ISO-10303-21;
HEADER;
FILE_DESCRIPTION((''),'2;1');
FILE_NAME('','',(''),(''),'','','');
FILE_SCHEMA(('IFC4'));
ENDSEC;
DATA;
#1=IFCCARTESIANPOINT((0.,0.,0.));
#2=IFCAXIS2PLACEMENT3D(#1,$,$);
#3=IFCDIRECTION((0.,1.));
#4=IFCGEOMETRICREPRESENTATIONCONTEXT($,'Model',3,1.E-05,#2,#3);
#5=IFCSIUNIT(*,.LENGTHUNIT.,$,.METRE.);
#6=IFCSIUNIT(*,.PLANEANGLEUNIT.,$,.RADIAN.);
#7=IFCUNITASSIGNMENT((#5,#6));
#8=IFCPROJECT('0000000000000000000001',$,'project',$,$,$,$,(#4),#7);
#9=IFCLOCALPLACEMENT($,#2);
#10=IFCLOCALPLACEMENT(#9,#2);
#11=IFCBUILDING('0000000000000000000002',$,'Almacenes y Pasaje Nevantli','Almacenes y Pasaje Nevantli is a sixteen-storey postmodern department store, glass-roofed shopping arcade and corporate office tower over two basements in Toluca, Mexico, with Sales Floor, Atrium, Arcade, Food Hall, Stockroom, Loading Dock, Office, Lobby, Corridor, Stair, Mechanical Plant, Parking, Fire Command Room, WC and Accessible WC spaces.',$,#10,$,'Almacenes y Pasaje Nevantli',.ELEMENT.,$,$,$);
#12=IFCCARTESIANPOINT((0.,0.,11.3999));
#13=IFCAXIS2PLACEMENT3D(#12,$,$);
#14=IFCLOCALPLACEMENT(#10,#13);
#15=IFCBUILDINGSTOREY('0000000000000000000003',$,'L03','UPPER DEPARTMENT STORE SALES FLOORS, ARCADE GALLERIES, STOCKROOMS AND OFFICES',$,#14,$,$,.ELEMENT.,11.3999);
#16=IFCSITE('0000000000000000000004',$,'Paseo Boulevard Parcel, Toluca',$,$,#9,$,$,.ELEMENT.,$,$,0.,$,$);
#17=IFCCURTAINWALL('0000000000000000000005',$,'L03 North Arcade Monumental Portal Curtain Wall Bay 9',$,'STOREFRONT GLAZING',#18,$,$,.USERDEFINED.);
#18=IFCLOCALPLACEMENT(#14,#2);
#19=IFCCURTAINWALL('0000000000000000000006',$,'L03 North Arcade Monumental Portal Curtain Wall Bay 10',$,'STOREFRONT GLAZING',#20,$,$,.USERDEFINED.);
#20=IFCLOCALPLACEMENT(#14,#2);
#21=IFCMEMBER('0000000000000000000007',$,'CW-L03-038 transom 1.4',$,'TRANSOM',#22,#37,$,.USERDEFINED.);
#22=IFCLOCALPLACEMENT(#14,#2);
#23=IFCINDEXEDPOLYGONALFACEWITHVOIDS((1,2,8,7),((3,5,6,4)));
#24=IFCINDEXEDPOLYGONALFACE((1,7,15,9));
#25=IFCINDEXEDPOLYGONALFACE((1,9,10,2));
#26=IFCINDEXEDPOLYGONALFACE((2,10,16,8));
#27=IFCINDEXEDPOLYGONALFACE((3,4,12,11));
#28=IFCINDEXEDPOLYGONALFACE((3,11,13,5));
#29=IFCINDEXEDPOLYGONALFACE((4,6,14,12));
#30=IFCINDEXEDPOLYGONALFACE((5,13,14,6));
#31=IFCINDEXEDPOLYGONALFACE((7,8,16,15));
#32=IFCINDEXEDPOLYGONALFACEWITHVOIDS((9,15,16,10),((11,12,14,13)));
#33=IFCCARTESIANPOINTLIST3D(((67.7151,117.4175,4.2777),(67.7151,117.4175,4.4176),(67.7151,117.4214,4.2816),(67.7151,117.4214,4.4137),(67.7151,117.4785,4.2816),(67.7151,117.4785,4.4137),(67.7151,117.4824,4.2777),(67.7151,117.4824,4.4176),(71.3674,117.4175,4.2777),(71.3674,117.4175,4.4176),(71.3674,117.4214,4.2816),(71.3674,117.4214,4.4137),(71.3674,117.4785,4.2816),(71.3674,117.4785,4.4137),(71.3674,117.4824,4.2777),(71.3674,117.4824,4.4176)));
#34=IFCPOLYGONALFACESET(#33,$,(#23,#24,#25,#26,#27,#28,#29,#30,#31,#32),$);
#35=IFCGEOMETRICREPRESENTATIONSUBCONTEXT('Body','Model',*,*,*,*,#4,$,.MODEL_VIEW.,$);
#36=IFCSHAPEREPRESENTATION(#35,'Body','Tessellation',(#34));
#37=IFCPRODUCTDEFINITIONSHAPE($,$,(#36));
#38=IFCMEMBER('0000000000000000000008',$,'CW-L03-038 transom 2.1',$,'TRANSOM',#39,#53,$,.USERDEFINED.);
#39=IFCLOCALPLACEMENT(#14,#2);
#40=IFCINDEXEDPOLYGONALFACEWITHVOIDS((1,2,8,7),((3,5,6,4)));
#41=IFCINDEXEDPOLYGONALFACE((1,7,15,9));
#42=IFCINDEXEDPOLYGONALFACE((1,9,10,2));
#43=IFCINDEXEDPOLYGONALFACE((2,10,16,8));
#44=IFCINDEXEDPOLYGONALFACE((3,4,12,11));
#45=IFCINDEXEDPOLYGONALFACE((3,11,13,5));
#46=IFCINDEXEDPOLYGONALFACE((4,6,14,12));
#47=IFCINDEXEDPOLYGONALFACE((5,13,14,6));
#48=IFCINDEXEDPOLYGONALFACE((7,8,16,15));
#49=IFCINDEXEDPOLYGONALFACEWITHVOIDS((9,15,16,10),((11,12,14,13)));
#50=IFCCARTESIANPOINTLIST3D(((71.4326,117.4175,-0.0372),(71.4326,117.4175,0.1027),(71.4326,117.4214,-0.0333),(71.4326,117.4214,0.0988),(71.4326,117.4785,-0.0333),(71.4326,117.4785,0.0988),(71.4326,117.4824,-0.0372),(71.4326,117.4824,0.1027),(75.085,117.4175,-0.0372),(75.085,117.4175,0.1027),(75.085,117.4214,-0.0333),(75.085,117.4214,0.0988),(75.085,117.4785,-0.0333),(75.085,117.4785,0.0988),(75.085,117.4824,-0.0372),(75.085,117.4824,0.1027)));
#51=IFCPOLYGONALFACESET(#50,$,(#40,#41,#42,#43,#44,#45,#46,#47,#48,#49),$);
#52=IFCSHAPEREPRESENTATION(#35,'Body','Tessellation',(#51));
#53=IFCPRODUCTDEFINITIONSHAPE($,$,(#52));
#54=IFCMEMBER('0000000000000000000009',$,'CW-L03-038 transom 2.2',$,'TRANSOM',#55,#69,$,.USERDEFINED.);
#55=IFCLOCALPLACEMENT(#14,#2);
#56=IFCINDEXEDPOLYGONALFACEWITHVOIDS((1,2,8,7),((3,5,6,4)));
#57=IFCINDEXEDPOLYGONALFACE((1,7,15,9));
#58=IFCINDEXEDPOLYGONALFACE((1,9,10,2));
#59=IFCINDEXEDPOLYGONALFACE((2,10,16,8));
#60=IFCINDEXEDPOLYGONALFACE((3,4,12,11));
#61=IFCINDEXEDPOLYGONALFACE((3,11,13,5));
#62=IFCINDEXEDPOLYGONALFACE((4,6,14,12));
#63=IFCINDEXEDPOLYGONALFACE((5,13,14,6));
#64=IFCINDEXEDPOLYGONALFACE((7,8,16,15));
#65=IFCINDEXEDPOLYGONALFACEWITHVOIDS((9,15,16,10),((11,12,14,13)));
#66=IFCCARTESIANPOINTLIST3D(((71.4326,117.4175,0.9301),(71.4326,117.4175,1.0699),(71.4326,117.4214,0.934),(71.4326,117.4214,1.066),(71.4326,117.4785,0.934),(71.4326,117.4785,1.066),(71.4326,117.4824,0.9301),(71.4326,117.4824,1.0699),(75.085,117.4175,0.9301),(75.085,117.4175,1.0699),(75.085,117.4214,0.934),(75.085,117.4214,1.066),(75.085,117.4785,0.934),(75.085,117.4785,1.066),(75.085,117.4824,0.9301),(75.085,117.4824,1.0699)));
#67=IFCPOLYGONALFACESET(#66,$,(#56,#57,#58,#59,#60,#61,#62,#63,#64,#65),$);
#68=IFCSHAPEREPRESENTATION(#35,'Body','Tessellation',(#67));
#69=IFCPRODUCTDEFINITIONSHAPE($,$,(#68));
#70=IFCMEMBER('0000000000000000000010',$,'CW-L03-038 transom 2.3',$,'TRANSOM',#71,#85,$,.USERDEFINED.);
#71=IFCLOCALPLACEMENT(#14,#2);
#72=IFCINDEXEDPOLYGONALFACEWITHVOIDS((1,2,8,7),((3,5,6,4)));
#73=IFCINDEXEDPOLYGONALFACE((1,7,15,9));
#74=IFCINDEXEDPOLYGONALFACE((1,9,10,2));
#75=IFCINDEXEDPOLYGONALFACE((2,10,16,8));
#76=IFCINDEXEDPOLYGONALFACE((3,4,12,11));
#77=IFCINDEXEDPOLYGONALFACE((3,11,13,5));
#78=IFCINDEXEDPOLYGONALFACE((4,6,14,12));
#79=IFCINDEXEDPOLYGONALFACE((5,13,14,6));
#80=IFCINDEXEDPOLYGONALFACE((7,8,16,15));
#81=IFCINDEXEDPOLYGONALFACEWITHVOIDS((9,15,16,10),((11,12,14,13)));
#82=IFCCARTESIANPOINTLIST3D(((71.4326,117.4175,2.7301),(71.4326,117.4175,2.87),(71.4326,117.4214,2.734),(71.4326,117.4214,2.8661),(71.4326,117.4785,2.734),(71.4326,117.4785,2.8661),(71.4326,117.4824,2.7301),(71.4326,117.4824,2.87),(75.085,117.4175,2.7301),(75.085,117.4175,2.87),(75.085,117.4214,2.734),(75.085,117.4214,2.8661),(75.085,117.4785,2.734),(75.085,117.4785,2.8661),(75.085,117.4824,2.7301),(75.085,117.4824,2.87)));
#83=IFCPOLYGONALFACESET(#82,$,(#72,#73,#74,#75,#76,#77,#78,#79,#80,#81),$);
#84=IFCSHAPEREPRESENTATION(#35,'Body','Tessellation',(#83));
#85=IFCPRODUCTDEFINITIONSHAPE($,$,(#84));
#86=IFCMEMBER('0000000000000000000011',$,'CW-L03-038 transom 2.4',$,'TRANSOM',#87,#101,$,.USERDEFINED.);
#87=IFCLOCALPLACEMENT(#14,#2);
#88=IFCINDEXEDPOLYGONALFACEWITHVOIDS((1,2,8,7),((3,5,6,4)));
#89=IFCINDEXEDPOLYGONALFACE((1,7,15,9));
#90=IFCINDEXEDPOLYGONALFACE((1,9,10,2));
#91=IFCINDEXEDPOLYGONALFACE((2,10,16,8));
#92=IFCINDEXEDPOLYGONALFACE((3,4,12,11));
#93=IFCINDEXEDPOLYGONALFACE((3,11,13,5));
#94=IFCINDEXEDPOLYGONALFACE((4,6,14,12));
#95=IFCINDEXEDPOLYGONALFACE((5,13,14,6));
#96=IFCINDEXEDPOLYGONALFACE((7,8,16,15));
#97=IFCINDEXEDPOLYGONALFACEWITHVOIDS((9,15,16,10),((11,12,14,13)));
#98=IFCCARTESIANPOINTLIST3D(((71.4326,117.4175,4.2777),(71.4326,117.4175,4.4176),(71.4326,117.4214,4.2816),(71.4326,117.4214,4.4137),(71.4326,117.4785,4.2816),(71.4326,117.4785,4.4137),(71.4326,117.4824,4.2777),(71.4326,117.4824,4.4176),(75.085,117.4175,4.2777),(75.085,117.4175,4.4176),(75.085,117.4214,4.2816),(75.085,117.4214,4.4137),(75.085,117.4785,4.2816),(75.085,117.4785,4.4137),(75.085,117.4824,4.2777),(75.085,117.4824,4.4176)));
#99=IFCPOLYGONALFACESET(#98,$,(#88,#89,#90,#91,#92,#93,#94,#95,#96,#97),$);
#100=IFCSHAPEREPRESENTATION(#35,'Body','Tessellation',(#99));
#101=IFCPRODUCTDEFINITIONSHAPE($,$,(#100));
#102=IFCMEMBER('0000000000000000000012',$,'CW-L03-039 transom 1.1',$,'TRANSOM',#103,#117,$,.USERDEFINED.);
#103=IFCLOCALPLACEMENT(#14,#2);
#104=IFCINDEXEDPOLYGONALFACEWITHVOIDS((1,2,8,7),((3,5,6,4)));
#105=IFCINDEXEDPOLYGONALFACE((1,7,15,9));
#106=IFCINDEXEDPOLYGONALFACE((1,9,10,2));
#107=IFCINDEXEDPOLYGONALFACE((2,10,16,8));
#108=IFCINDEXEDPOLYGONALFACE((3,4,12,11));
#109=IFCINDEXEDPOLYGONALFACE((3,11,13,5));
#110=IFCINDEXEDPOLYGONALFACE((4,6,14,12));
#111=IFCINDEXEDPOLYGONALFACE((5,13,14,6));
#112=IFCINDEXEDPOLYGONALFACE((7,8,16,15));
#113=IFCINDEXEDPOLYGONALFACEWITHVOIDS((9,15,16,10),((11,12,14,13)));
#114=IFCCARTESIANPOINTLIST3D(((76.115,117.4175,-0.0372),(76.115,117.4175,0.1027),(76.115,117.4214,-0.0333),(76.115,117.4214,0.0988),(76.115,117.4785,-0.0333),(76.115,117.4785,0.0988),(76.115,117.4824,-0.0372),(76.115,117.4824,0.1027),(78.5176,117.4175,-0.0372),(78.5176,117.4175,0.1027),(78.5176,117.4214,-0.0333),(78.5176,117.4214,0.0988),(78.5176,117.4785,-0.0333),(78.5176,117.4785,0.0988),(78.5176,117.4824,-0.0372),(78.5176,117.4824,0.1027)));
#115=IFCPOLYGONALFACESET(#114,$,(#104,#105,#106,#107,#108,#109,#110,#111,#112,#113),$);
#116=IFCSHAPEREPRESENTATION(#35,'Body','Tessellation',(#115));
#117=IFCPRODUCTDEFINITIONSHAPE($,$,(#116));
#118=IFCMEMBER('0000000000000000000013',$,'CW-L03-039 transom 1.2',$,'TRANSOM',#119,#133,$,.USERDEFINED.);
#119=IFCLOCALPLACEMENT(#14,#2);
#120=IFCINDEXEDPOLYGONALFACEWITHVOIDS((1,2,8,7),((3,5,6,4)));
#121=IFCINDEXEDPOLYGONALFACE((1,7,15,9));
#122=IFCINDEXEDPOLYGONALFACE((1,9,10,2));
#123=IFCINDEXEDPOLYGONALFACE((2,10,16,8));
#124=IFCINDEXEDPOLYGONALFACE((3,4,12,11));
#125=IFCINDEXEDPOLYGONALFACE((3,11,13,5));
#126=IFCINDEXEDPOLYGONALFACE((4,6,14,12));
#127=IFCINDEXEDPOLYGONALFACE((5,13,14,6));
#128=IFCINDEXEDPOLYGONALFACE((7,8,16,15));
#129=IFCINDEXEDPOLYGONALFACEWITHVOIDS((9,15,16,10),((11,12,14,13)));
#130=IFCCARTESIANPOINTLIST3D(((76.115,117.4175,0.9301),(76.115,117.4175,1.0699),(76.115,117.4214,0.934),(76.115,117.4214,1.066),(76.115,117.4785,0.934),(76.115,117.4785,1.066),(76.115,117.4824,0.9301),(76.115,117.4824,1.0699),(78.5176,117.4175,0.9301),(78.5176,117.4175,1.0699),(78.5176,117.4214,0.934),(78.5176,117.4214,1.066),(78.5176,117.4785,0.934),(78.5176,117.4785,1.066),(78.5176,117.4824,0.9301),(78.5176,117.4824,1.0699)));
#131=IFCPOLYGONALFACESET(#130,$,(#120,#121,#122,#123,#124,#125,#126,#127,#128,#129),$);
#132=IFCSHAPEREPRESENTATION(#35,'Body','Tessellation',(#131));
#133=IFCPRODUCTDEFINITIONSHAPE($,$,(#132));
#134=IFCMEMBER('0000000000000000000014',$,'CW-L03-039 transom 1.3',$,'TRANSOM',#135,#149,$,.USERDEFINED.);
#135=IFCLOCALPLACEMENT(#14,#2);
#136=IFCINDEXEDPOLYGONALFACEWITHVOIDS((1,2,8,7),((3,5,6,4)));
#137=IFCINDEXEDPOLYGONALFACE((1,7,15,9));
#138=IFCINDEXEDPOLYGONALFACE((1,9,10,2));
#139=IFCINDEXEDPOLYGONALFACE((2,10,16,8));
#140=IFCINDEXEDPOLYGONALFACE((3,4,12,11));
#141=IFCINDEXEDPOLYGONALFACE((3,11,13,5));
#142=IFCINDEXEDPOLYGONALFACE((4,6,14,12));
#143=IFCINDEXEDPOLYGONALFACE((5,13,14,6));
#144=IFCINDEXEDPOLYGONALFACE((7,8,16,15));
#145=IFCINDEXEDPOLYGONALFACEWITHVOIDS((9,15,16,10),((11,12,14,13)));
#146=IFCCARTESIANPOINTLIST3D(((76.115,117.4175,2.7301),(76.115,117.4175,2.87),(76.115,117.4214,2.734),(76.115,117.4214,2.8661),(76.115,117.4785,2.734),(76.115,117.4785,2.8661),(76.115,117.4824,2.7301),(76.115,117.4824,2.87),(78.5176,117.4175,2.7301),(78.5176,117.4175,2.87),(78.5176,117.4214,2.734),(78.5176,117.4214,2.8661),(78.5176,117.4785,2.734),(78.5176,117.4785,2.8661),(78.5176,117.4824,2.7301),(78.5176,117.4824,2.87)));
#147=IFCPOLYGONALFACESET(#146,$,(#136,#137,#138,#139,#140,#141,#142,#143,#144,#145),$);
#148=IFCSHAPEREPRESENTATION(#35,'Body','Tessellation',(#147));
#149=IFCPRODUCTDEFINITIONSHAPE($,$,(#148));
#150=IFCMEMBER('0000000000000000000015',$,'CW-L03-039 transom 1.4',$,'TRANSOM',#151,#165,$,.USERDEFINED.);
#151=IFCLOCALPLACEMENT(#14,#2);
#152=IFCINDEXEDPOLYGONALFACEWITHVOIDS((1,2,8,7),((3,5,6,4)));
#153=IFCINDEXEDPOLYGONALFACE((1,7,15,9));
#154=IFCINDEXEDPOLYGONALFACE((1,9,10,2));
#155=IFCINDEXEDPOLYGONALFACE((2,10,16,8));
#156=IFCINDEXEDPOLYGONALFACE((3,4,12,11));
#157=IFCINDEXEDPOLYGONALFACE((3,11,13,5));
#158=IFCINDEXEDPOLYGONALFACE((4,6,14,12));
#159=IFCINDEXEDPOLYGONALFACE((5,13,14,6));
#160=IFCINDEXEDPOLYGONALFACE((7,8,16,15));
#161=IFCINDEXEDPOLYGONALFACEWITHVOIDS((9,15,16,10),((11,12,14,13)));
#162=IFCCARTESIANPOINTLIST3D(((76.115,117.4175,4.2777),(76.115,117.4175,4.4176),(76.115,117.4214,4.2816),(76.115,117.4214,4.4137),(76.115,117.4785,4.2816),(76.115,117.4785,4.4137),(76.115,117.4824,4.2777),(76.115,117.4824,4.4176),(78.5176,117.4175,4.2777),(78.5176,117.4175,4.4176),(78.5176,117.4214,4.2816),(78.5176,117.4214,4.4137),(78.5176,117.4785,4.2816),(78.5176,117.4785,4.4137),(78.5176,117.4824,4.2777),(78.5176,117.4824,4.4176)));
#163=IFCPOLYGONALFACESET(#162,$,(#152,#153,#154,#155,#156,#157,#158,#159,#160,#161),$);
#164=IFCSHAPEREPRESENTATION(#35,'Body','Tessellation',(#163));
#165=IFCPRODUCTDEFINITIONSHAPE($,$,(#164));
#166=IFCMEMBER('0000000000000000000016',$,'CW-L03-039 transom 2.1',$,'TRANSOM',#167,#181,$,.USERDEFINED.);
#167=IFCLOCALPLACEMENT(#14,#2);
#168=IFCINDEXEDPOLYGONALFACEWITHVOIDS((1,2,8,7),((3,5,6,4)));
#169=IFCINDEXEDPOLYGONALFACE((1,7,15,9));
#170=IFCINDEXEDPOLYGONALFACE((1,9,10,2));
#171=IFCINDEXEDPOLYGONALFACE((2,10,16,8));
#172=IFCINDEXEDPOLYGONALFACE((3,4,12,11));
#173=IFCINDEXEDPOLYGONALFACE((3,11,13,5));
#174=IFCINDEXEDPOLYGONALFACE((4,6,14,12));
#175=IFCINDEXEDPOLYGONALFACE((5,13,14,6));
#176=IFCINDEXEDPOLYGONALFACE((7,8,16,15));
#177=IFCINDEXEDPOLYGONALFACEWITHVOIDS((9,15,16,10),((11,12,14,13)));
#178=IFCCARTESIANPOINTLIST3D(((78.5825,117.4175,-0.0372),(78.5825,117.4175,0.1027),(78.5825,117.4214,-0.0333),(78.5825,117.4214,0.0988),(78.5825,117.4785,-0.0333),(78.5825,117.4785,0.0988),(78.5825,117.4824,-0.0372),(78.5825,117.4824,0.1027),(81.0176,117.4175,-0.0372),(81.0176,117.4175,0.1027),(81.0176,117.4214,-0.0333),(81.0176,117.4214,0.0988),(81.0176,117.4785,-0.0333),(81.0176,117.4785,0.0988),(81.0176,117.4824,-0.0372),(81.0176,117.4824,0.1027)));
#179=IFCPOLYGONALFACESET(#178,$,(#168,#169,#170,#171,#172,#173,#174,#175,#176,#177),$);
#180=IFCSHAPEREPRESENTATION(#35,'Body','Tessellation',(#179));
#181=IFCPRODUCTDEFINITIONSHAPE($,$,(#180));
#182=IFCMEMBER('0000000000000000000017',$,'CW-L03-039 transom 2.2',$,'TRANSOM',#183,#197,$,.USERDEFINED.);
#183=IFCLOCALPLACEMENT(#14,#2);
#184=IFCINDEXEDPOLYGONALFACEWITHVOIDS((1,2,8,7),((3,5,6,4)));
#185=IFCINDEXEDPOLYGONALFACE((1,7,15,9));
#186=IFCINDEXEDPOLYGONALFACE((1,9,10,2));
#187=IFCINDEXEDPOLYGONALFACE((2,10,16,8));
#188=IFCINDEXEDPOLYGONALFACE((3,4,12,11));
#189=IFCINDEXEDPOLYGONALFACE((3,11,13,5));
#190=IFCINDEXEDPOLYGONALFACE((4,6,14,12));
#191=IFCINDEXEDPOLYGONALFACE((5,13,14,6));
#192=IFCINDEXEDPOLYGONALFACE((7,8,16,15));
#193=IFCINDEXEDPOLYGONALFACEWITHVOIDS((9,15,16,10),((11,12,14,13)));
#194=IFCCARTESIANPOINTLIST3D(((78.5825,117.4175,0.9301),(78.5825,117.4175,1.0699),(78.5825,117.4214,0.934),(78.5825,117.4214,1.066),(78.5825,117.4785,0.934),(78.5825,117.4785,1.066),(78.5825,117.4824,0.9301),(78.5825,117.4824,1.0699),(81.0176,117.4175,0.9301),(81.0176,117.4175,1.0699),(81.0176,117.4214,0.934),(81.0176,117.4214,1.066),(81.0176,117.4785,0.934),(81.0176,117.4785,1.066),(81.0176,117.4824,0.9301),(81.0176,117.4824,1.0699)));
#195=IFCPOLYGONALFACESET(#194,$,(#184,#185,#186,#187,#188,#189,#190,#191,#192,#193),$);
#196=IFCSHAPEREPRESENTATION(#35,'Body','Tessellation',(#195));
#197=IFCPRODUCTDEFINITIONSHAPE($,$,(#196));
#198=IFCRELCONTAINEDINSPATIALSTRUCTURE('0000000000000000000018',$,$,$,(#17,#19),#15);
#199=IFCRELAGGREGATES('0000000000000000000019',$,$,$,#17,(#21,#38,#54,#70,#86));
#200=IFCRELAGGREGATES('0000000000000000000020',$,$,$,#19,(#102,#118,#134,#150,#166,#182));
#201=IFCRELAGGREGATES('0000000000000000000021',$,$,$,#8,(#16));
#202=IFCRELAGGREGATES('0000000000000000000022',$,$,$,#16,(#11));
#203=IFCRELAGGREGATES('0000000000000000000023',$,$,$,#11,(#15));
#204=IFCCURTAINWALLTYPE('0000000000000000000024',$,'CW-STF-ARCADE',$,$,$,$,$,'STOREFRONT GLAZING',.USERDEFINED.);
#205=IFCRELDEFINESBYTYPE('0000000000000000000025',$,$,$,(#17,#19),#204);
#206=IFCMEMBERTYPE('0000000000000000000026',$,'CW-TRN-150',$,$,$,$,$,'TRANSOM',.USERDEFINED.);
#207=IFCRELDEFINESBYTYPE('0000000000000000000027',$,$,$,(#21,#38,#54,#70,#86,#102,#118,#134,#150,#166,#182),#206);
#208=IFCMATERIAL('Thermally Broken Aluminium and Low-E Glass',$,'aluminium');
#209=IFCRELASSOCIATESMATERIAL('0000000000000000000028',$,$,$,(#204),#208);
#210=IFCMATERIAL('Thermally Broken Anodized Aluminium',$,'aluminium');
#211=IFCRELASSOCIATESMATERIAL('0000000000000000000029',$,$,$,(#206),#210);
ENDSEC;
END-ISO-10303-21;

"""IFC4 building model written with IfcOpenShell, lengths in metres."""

from ifc_helpers import new_model, si_unit, direction, frame, origin, origin_2d, place, context, subcontext, project, spatial, hollow_rectangle, extrude, material, material_profile, profile_set, type_object, element, aggregate, save


model = new_model("IFC4")

# Units and contexts
model_context = context("Model", 3, precision=1e-05, world=origin(), true_north=direction((0.0, 1.0)))
body_context = subcontext(model_context, "Body", "Model", "MODEL_VIEW")
ifc_project = project(units=[si_unit("LENGTHUNIT", "METRE"), si_unit("PLANEANGLEUNIT", "RADIAN")], contexts=[model_context])

# Site, building, storey
site_placement = place(None, origin())
site = spatial("IfcSite", under=ifc_project, at=site_placement, Name="Paseo Boulevard Parcel, Toluca", CompositionType="ELEMENT", RefElevation=0.0)
building_placement = place(site_placement, origin())
building = spatial("IfcBuilding", under=site, at=building_placement, Name="Almacenes y Pasaje Nevantli", Description="Almacenes y Pasaje Nevantli is a sixteen-storey postmodern department store, glass-roofed shopping arcade and corporate office tower over two basements in Toluca, Mexico, with Sales Floor, Atrium, Arcade, Food Hall, Stockroom, Loading Dock, Office, Lobby, Corridor, Stair, Mechanical Plant, Parking, Fire Command Room, WC and Accessible WC spaces.", LongName="Almacenes y Pasaje Nevantli", CompositionType="ELEMENT")
storey_placement = place(building_placement, frame((0.0, 0.0, 11.3999)))
storey = spatial("IfcBuildingStorey", under=building, at=storey_placement, Name="L03", Description="UPPER DEPARTMENT STORE SALES FLOORS, ARCADE GALLERIES, STOCKROOMS AND OFFICES", CompositionType="ELEMENT", Elevation=11.3999)

# Curtain walls
ifc_material_1 = material(Name="Thermally Broken Aluminium and Low-E Glass", Category="aluminium")
curtain_wall_type = type_object("IfcCurtainWallType", Name="CW-STF-ARCADE", ElementType="STOREFRONT GLAZING", PredefinedType="USERDEFINED", material=ifc_material_1)
curtain_wall_1_placement = place(storey_placement, origin())
curtain_wall_1 = element("IfcCurtainWall", 1, at=curtain_wall_1_placement, inside=storey, type_object=curtain_wall_type, Name="L03 North Arcade Monumental Portal Curtain Wall Bay 9", ObjectType="STOREFRONT GLAZING", PredefinedType="USERDEFINED")
curtain_wall_2_placement = place(storey_placement, origin())
curtain_wall_2 = element("IfcCurtainWall", 2, at=curtain_wall_2_placement, inside=storey, type_object=curtain_wall_type, Name="L03 North Arcade Monumental Portal Curtain Wall Bay 10", ObjectType="STOREFRONT GLAZING", PredefinedType="USERDEFINED")

# Members
ifc_material_2 = material(Name="Thermally Broken Anodized Aluminium", Category="aluminium")
ifc_material_profile_1 = material_profile(ifc_material_2, hollow_rectangle(XDim=0.0649, YDim=0.1399, WallThickness=0.0039, at=origin_2d()), Name="ALU-TRN-65x140")
ifc_profile_set_1 = profile_set([ifc_material_profile_1], Name="Thermally Broken Anodized Aluminium")
member_type_1 = type_object("IfcMemberType", Name="CW-TRN-150", ElementType="TRANSOM", PredefinedType="USERDEFINED", material=ifc_profile_set_1)
member_1_placement = place(storey_placement, frame((67.7151, 117.45, 4.3477), z_axis=(1.0, 0.0, 0.0), x_axis=(0.0, 1.0, 0.0)))
member_1 = element("IfcMember", 3, at=member_1_placement, type_object=member_type_1, Name="CW-L03-038 transom 1.4", ObjectType="TRANSOM", PredefinedType="USERDEFINED", context=body_context, shape_type="SweptSolid", body=[
    extrude(hollow_rectangle(XDim=0.0649, YDim=0.1399, WallThickness=0.0039, at=origin_2d()), origin(), (0.0, 0.0, 1.0), 3.6523),
])
member_2_placement = place(storey_placement, frame((71.4326, 117.45, 0.0327), z_axis=(1.0, 0.0, 0.0), x_axis=(0.0, 1.0, 0.0)))
member_2 = element("IfcMember", 4, at=member_2_placement, type_object=member_type_1, Name="CW-L03-038 transom 2.1", ObjectType="TRANSOM", PredefinedType="USERDEFINED", context=body_context, shape_type="SweptSolid", body=[
    extrude(hollow_rectangle(XDim=0.0649, YDim=0.1399, WallThickness=0.0039, at=origin_2d()), origin(), (0.0, 0.0, 1.0), 3.6523),
])
member_3_placement = place(storey_placement, frame((71.4326, 117.45, 1.0), z_axis=(1.0, 0.0, 0.0), x_axis=(0.0, 1.0, 0.0)))
member_3 = element("IfcMember", 5, at=member_3_placement, type_object=member_type_1, Name="CW-L03-038 transom 2.2", ObjectType="TRANSOM", PredefinedType="USERDEFINED", context=body_context, shape_type="SweptSolid", body=[
    extrude(hollow_rectangle(XDim=0.0649, YDim=0.1399, WallThickness=0.0039, at=origin_2d()), origin(), (0.0, 0.0, 1.0), 3.6523),
])
member_4_placement = place(storey_placement, frame((71.4326, 117.45, 2.8), z_axis=(1.0, 0.0, 0.0), x_axis=(0.0, 1.0, 0.0)))
member_4 = element("IfcMember", 6, at=member_4_placement, type_object=member_type_1, Name="CW-L03-038 transom 2.3", ObjectType="TRANSOM", PredefinedType="USERDEFINED", context=body_context, shape_type="SweptSolid", body=[
    extrude(hollow_rectangle(XDim=0.0649, YDim=0.1399, WallThickness=0.0039, at=origin_2d()), origin(), (0.0, 0.0, 1.0), 3.6523),
])
member_5_placement = place(storey_placement, frame((71.4326, 117.45, 4.3477), z_axis=(1.0, 0.0, 0.0), x_axis=(0.0, 1.0, 0.0)))
member_5 = element("IfcMember", 7, at=member_5_placement, type_object=member_type_1, Name="CW-L03-038 transom 2.4", ObjectType="TRANSOM", PredefinedType="USERDEFINED", context=body_context, shape_type="SweptSolid", body=[
    extrude(hollow_rectangle(XDim=0.0649, YDim=0.1399, WallThickness=0.0039, at=origin_2d()), origin(), (0.0, 0.0, 1.0), 3.6523),
])
member_6_placement = place(storey_placement, frame((76.115, 117.45, 0.0327), z_axis=(1.0, 0.0, 0.0), x_axis=(0.0, 1.0, 0.0)))
member_6 = element("IfcMember", 8, at=member_6_placement, type_object=member_type_1, Name="CW-L03-039 transom 1.1", ObjectType="TRANSOM", PredefinedType="USERDEFINED", context=body_context, shape_type="SweptSolid", body=[
    extrude(hollow_rectangle(XDim=0.0649, YDim=0.1399, WallThickness=0.0039, at=origin_2d()), origin(), (0.0, 0.0, 1.0), 2.4026),
])
member_7_placement = place(storey_placement, frame((76.115, 117.45, 1.0), z_axis=(1.0, 0.0, 0.0), x_axis=(0.0, 1.0, 0.0)))
member_7 = element("IfcMember", 9, at=member_7_placement, type_object=member_type_1, Name="CW-L03-039 transom 1.2", ObjectType="TRANSOM", PredefinedType="USERDEFINED", context=body_context, shape_type="SweptSolid", body=[
    extrude(hollow_rectangle(XDim=0.0649, YDim=0.1399, WallThickness=0.0039, at=origin_2d()), origin(), (0.0, 0.0, 1.0), 2.4026),
])
member_8_placement = place(storey_placement, frame((76.115, 117.45, 2.8), z_axis=(1.0, 0.0, 0.0), x_axis=(0.0, 1.0, 0.0)))
member_8 = element("IfcMember", 10, at=member_8_placement, type_object=member_type_1, Name="CW-L03-039 transom 1.3", ObjectType="TRANSOM", PredefinedType="USERDEFINED", context=body_context, shape_type="SweptSolid", body=[
    extrude(hollow_rectangle(XDim=0.0649, YDim=0.1399, WallThickness=0.0039, at=origin_2d()), origin(), (0.0, 0.0, 1.0), 2.4026),
])
member_9_placement = place(storey_placement, frame((76.115, 117.45, 4.3477), z_axis=(1.0, 0.0, 0.0), x_axis=(0.0, 1.0, 0.0)))
member_9 = element("IfcMember", 11, at=member_9_placement, type_object=member_type_1, Name="CW-L03-039 transom 1.4", ObjectType="TRANSOM", PredefinedType="USERDEFINED", context=body_context, shape_type="SweptSolid", body=[
    extrude(hollow_rectangle(XDim=0.0649, YDim=0.1399, WallThickness=0.0039, at=origin_2d()), origin(), (0.0, 0.0, 1.0), 2.4026),
])
member_10_placement = place(storey_placement, frame((78.5825, 117.45, 0.0327), z_axis=(1.0, 0.0, 0.0), x_axis=(0.0, 1.0, 0.0)))
member_10 = element("IfcMember", 12, at=member_10_placement, type_object=member_type_1, Name="CW-L03-039 transom 2.1", ObjectType="TRANSOM", PredefinedType="USERDEFINED", context=body_context, shape_type="SweptSolid", body=[
    extrude(hollow_rectangle(XDim=0.0649, YDim=0.1399, WallThickness=0.0039, at=origin_2d()), origin(), (0.0, 0.0, 1.0), 2.4351),
])
member_11_placement = place(storey_placement, frame((78.5825, 117.45, 1.0), z_axis=(1.0, 0.0, 0.0), x_axis=(0.0, 1.0, 0.0)))
member_11 = element("IfcMember", 13, at=member_11_placement, type_object=member_type_1, Name="CW-L03-039 transom 2.2", ObjectType="TRANSOM", PredefinedType="USERDEFINED", context=body_context, shape_type="SweptSolid", body=[
    extrude(hollow_rectangle(XDim=0.0649, YDim=0.1399, WallThickness=0.0039, at=origin_2d()), origin(), (0.0, 0.0, 1.0), 2.4351),
])

aggregate(curtain_wall_1, [member_1, member_2, member_3, member_4, member_5])
aggregate(curtain_wall_2, [member_6, member_7, member_8, member_9, member_10, member_11])

save(model, "model.ifc")
